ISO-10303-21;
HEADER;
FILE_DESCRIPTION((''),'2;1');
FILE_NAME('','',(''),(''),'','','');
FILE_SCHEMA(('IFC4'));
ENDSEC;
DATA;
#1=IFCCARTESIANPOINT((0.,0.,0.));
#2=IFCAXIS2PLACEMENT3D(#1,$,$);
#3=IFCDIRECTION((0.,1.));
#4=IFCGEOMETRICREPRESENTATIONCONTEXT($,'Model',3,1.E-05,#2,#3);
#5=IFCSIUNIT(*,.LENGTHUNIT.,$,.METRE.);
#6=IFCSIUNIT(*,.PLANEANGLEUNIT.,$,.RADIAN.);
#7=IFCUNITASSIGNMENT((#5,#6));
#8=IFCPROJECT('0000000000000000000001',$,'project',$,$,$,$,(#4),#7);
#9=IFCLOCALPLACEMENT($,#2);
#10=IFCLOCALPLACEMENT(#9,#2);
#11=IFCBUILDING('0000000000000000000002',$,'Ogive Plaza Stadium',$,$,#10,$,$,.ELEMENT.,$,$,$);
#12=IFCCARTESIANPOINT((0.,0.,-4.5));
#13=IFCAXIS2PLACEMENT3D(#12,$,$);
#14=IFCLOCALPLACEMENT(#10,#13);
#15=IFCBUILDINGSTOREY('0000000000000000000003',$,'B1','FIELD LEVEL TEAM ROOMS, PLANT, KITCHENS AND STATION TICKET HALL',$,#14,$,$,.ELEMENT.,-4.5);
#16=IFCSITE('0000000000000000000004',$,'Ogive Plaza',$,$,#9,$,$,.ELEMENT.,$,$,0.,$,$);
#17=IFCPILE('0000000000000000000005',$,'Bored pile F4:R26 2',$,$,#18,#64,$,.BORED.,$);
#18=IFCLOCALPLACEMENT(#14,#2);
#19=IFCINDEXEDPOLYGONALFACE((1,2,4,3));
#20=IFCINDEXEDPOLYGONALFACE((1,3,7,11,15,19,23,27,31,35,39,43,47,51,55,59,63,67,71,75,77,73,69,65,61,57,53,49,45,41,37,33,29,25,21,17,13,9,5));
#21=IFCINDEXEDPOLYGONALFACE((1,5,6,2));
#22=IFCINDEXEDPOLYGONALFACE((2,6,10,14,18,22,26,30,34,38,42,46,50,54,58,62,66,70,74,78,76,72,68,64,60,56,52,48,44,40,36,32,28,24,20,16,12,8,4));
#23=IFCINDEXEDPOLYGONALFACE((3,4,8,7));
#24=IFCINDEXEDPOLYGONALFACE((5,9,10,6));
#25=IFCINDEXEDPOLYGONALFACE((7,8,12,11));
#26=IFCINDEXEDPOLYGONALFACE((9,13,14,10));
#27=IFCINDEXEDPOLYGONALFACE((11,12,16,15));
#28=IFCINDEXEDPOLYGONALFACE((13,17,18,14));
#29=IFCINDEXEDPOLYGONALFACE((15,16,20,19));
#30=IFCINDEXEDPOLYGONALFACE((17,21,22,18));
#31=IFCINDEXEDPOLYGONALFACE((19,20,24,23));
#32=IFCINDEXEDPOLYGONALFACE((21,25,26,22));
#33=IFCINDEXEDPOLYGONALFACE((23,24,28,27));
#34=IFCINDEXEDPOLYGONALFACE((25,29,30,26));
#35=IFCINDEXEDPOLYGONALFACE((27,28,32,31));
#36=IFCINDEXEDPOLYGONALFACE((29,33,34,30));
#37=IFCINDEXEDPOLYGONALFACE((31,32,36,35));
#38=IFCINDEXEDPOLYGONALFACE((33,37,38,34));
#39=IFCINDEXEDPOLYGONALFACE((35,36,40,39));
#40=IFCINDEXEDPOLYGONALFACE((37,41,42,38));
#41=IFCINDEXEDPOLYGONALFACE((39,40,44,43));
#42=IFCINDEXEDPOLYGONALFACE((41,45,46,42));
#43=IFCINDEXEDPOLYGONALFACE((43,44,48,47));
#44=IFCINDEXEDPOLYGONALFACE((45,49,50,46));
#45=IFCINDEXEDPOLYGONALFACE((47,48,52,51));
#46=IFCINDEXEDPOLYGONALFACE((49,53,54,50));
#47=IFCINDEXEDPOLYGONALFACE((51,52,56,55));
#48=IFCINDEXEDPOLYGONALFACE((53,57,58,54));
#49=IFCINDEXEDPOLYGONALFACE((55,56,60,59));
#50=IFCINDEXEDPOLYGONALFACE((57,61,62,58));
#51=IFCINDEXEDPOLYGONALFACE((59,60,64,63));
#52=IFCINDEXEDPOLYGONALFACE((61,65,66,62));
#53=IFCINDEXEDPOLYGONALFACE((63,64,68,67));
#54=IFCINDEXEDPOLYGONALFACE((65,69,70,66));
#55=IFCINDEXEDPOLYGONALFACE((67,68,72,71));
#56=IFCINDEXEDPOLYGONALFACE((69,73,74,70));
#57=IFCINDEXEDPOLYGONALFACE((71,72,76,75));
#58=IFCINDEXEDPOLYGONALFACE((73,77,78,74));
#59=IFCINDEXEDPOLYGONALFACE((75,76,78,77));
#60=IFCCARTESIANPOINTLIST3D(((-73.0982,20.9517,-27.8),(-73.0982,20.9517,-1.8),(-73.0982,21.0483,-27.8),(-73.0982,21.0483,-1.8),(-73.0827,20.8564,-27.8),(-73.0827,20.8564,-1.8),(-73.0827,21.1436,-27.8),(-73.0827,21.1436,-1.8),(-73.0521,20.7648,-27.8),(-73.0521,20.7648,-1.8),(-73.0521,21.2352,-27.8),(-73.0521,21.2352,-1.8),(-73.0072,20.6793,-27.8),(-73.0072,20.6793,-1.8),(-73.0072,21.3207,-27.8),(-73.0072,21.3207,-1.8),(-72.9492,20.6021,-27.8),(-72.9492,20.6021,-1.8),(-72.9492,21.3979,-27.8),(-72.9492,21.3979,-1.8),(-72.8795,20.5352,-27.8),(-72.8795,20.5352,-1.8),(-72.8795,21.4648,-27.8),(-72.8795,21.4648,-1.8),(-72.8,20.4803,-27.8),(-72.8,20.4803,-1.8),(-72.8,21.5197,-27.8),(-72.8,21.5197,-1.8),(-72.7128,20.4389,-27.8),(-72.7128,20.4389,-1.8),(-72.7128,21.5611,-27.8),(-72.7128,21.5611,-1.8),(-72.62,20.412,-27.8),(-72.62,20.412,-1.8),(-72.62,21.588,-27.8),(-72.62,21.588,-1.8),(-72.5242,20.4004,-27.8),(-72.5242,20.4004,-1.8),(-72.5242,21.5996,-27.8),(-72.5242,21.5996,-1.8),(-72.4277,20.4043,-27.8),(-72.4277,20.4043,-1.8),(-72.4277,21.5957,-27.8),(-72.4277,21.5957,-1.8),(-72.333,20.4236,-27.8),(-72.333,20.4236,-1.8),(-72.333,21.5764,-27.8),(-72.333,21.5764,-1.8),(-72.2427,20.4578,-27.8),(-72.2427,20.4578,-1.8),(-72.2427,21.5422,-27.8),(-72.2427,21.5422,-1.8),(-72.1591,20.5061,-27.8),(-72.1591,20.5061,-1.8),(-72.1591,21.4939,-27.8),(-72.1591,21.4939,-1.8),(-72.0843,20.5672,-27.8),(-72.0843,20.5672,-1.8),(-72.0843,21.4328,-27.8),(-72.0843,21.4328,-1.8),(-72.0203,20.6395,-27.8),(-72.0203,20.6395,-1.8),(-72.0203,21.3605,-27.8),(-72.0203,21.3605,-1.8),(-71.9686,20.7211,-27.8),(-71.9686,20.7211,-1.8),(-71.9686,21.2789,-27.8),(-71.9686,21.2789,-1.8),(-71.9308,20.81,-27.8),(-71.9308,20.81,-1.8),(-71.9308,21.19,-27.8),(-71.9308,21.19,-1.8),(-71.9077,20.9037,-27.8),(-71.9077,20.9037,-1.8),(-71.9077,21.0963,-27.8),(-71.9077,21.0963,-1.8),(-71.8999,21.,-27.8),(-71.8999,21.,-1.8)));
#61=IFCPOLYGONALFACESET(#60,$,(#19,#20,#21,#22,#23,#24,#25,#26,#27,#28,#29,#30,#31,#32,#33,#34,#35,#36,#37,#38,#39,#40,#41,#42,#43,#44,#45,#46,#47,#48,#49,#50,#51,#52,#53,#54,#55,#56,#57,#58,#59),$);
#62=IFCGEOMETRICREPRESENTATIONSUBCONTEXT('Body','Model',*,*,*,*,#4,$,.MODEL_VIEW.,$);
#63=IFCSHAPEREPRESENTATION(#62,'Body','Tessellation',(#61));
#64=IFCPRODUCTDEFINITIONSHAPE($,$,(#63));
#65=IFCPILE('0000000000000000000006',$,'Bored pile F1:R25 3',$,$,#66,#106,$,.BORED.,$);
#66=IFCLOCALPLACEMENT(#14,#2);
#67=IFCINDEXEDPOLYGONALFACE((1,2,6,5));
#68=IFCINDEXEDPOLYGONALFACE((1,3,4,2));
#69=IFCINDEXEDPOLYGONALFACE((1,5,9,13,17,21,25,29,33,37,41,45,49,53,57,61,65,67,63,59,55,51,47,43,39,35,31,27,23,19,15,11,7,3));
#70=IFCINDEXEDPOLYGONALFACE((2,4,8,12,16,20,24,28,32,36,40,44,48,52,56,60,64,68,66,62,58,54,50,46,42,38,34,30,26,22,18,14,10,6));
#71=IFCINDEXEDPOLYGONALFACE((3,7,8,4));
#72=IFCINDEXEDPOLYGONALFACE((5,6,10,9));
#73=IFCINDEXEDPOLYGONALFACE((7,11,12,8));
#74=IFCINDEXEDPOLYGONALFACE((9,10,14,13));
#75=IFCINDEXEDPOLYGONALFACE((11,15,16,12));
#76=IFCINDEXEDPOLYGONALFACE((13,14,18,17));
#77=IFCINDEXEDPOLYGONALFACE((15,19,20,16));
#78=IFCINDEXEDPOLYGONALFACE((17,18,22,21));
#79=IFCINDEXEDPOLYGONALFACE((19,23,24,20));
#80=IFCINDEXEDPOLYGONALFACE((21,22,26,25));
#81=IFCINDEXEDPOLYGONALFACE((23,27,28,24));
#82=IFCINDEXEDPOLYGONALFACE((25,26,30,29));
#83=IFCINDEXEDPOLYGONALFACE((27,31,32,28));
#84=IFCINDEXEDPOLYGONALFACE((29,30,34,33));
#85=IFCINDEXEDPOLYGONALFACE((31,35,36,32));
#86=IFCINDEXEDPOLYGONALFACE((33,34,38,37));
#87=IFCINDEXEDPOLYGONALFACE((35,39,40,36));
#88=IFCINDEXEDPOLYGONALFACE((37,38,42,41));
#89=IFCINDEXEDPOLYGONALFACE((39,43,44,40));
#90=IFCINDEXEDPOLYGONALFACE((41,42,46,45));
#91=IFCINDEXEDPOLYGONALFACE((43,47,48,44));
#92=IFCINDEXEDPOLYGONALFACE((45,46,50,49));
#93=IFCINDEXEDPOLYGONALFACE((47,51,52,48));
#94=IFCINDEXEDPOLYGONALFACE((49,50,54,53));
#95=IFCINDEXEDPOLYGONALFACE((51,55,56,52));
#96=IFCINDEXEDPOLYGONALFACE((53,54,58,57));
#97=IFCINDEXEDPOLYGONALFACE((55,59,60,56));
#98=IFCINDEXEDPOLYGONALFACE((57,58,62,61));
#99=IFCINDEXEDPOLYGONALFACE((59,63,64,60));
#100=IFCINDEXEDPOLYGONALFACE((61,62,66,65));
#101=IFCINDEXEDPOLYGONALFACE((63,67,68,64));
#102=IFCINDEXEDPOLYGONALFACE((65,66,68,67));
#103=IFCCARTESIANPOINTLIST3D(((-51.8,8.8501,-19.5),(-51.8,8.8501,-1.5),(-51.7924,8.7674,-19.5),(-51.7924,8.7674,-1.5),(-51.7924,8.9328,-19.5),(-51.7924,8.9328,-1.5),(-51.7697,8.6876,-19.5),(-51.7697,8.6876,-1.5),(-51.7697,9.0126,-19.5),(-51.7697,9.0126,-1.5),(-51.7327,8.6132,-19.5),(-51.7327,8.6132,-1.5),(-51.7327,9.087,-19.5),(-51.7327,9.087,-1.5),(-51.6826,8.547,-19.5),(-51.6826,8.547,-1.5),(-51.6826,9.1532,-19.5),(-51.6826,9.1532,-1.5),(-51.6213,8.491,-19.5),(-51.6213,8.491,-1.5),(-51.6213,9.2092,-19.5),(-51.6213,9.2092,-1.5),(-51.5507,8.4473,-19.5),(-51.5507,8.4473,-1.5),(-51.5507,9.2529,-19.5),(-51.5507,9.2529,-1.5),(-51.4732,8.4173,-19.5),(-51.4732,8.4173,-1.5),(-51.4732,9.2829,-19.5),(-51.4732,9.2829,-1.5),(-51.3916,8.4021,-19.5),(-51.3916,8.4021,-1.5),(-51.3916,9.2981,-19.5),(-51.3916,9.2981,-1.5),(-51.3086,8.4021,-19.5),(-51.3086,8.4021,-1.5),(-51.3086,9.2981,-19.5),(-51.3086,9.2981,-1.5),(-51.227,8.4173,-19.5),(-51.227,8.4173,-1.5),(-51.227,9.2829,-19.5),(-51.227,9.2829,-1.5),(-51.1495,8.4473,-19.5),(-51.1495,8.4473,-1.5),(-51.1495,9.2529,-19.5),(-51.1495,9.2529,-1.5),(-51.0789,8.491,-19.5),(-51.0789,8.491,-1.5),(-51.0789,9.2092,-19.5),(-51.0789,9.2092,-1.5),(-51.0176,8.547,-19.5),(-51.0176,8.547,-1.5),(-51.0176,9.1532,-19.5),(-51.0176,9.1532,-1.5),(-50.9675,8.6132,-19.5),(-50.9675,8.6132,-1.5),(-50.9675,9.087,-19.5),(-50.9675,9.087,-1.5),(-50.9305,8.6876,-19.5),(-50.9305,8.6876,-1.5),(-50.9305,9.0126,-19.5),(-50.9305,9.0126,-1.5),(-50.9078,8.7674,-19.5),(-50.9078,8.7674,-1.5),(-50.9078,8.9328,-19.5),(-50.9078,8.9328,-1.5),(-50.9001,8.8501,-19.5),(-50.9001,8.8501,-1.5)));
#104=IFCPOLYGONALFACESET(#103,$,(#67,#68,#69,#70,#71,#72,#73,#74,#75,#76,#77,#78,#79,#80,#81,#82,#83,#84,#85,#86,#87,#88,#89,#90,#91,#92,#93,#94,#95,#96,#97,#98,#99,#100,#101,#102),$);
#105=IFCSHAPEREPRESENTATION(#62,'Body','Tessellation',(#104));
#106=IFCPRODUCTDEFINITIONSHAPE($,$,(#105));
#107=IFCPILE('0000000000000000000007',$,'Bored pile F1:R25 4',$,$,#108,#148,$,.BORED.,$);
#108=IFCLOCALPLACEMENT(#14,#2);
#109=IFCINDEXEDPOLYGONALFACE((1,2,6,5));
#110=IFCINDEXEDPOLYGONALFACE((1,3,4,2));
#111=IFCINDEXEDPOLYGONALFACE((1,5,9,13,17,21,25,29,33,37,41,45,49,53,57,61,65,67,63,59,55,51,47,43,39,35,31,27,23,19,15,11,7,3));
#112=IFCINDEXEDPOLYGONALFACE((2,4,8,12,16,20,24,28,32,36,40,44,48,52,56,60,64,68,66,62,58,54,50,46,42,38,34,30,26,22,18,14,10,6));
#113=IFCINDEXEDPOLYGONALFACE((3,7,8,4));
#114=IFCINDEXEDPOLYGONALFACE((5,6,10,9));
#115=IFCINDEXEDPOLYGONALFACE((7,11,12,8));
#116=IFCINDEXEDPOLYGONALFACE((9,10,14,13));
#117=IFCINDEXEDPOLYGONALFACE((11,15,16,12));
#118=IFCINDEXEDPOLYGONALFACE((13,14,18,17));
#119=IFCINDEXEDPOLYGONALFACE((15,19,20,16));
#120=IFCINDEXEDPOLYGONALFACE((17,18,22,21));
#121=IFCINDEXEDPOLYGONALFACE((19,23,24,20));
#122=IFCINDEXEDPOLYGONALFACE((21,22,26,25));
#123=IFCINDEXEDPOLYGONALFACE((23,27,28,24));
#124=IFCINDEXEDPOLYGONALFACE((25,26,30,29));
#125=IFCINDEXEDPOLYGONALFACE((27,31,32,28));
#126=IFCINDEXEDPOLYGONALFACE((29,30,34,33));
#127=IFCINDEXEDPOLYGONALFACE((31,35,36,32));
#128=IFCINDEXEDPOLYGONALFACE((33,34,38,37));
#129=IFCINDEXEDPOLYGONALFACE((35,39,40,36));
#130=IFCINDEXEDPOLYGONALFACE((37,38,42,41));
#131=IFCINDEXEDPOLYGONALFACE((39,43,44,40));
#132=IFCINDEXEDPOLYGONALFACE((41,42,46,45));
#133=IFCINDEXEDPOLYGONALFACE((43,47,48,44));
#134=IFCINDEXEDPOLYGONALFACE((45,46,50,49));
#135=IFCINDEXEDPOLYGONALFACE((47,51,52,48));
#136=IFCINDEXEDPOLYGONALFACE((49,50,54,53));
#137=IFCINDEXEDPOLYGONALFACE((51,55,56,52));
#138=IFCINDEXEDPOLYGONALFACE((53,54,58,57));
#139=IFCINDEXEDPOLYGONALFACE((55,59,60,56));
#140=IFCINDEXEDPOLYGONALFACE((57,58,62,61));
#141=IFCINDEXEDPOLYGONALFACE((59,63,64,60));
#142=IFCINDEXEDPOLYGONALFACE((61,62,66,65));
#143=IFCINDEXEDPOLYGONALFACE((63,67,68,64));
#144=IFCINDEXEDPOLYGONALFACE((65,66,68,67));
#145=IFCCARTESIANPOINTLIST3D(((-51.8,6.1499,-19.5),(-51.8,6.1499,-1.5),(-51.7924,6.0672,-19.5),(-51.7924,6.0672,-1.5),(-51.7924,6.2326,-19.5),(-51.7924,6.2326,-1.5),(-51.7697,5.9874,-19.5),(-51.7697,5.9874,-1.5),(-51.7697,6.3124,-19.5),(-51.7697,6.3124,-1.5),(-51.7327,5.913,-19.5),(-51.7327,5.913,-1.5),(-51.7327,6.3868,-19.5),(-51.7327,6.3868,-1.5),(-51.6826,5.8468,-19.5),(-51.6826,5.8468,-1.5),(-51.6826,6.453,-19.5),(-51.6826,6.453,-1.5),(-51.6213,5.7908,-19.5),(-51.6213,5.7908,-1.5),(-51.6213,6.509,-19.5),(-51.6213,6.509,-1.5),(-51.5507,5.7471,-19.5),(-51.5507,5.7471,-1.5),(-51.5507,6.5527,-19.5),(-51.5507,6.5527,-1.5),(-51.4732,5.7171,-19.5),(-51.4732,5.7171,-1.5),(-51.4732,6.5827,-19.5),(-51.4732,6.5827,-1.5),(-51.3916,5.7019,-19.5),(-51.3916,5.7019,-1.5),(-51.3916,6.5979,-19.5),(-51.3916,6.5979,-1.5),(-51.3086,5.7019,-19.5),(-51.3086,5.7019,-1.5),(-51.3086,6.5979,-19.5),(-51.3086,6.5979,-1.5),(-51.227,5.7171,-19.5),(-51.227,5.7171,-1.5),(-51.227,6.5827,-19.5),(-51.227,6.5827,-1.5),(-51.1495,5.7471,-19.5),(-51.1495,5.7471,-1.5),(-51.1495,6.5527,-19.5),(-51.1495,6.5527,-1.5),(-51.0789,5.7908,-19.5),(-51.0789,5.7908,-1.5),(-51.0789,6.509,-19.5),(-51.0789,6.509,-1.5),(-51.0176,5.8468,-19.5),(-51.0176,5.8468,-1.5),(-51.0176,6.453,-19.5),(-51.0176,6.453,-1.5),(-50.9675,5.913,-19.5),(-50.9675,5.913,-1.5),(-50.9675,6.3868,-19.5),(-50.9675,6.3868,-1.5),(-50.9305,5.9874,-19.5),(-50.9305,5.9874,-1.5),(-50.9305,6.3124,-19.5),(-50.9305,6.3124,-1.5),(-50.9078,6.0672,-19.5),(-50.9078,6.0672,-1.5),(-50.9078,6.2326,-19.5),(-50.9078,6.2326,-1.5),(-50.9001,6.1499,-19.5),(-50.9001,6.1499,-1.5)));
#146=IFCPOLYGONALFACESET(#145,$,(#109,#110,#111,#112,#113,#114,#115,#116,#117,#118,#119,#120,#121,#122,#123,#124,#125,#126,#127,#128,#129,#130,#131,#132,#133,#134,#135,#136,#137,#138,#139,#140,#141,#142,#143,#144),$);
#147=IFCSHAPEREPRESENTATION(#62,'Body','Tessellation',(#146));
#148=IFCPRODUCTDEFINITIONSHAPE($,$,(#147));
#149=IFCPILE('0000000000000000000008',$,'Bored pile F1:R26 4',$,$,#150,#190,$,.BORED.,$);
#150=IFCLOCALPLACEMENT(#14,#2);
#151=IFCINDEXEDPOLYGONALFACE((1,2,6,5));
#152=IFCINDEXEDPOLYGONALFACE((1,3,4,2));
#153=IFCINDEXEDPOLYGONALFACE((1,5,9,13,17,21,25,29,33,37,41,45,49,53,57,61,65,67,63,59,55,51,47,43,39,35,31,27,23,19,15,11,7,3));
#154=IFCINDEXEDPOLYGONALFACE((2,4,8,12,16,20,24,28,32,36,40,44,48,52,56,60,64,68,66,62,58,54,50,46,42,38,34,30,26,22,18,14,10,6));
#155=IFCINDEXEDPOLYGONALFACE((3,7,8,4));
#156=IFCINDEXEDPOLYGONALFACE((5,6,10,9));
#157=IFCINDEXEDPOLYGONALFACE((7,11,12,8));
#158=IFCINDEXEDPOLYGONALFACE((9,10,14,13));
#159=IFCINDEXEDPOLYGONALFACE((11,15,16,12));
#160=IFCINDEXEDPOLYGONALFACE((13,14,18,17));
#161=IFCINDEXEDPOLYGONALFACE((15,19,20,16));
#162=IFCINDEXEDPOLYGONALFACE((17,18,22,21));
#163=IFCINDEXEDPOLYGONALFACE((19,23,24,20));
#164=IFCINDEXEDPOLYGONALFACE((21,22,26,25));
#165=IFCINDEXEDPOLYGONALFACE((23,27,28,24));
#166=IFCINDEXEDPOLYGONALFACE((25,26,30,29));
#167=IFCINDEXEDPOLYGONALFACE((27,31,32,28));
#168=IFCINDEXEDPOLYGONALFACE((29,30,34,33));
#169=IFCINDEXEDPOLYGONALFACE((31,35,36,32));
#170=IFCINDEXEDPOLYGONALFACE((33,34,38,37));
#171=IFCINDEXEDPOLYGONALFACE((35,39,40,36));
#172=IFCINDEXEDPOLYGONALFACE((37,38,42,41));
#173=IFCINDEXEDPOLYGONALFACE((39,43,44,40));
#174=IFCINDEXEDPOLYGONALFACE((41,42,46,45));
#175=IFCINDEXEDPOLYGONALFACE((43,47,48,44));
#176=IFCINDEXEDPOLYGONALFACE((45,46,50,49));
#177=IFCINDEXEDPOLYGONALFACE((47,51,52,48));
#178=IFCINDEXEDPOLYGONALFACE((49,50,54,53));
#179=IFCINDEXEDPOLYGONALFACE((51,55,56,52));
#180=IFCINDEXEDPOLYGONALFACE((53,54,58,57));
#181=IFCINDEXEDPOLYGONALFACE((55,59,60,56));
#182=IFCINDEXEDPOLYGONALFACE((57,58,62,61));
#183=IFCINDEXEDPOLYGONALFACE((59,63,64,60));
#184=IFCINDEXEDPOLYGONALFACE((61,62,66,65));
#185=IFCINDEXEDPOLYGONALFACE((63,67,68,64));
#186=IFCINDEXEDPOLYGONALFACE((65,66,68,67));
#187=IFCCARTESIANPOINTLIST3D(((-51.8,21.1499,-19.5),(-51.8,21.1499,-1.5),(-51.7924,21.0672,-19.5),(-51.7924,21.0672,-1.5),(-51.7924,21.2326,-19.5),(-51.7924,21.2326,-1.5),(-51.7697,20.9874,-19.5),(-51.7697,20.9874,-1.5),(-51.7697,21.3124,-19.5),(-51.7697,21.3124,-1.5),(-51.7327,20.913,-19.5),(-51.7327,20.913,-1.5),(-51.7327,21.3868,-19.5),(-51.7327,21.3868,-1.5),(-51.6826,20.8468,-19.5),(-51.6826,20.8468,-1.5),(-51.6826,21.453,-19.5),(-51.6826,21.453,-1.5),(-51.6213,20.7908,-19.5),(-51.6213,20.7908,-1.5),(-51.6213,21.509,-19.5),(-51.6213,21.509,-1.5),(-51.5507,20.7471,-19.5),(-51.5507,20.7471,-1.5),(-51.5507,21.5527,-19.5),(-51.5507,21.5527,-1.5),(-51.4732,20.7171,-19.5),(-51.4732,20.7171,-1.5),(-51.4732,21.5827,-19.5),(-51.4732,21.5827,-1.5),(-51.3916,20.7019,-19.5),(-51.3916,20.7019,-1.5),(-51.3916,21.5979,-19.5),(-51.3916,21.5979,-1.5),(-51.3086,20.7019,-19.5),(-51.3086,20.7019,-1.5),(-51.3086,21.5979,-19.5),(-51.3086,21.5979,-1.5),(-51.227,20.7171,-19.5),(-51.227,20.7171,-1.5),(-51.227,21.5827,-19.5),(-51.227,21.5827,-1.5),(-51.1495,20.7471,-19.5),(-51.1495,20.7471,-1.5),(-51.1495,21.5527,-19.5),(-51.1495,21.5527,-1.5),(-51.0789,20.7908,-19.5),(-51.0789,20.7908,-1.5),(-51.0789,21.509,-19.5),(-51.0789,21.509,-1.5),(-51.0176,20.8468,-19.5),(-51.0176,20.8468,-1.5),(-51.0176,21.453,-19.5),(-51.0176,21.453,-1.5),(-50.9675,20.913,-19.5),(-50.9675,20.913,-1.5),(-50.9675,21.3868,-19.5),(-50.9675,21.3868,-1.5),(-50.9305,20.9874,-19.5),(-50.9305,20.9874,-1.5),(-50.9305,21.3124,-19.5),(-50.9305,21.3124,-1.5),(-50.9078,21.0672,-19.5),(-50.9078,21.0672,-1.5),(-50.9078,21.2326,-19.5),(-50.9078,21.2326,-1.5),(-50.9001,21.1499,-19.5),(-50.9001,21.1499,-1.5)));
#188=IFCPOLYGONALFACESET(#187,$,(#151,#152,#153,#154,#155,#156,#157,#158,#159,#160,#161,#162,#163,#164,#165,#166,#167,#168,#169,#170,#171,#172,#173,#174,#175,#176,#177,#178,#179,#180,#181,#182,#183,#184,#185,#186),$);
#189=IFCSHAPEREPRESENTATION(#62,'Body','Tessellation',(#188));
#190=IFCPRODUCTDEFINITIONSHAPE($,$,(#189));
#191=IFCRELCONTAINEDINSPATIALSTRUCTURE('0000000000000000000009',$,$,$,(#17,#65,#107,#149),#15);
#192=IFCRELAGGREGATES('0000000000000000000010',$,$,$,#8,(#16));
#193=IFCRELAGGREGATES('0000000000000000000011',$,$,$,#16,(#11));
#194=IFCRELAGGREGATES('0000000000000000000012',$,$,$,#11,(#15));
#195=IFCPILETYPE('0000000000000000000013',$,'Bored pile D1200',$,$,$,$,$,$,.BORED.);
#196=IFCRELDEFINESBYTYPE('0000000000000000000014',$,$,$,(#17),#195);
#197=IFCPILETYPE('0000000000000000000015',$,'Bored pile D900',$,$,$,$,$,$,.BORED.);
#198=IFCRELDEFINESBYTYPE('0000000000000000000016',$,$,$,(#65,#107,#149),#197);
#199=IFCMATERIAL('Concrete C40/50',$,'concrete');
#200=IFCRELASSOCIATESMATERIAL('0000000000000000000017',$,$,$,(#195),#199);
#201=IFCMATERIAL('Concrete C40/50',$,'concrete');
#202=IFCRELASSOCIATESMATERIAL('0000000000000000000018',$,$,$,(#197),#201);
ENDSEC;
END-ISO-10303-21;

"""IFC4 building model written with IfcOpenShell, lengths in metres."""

from ifc_helpers import new_model, si_unit, direction, frame, origin, origin_2d, place, context, subcontext, project, spatial, circle, extrude, material, material_profile, profile_set, type_object, element, save


model = new_model("IFC4")

# Units and contexts
model_context = context("Model", 3, precision=1e-05, world=origin(), true_north=direction((0.0, 1.0)))
body_context = subcontext(model_context, "Body", "Model", "MODEL_VIEW")
ifc_project = project(units=[si_unit("LENGTHUNIT", "METRE"), si_unit("PLANEANGLEUNIT", "RADIAN")], contexts=[model_context])

# Site, building, storey
site_placement = place(None, origin())
site = spatial("IfcSite", under=ifc_project, at=site_placement, Name="Ogive Plaza", CompositionType="ELEMENT", RefElevation=0.0)
building_placement = place(site_placement, origin())
building = spatial("IfcBuilding", under=site, at=building_placement, Name="Ogive Plaza Stadium", CompositionType="ELEMENT")
storey_placement = place(building_placement, frame((0.0, 0.0, -4.5)))
storey = spatial("IfcBuildingStorey", under=building, at=storey_placement, Name="B1", Description="FIELD LEVEL TEAM ROOMS, PLANT, KITCHENS AND STATION TICKET HALL", CompositionType="ELEMENT", Elevation=-4.5)

# Piles
ifc_material_1 = material(Name="Concrete C40/50", Category="concrete")
ifc_material_profile_1 = material_profile(ifc_material_1, circle(Radius=0.6001, at=origin_2d()), Name="RC D1200")
ifc_profile_set_1 = profile_set([ifc_material_profile_1], Name="Concrete C40/50")
pile_type_1 = type_object("IfcPileType", Name="Bored pile D1200", PredefinedType="BORED", material=ifc_profile_set_1)
for number, where, z_axis, x_axis, name in (
    (1, (-72.5, 21.0, -1.8), (0.0, 0.0, -1.0), (1.0, 0.0, 0.0), "Bored pile F4:R26 2"),
):
    element("IfcPile", number, at=place(storey_placement, frame(where, z_axis=z_axis, x_axis=x_axis)), inside=storey, type_object=pile_type_1, Name=name, PredefinedType="BORED", context=body_context, shape_type="SweptSolid", body=[
        extrude(circle(Radius=0.6001, at=origin_2d()), origin(), (0.0, 0.0, 1.0), 26.0),
    ])
ifc_material_2 = material(Name="Concrete C40/50", Category="concrete")
ifc_material_profile_2 = material_profile(ifc_material_2, circle(Radius=0.45, at=origin_2d()), Name="RC D900")
ifc_profile_set_2 = profile_set([ifc_material_profile_2], Name="Concrete C40/50")
pile_type_2 = type_object("IfcPileType", Name="Bored pile D900", PredefinedType="BORED", material=ifc_profile_set_2)
for number, where, z_axis, x_axis, name in (
    (2, (-51.3501, 8.8501, -1.5), (0.0, 0.0, -1.0), (1.0, 0.0, 0.0), "Bored pile F1:R25 3"),
    (3, (-51.3501, 6.1499, -1.5), (0.0, 0.0, -1.0), (1.0, 0.0, 0.0), "Bored pile F1:R25 4"),
    (4, (-51.3501, 21.1499, -1.5), (0.0, 0.0, -1.0), (1.0, 0.0, 0.0), "Bored pile F1:R26 4"),
):
    element("IfcPile", number, at=place(storey_placement, frame(where, z_axis=z_axis, x_axis=x_axis)), inside=storey, type_object=pile_type_2, Name=name, PredefinedType="BORED", context=body_context, shape_type="SweptSolid", body=[
        extrude(circle(Radius=0.45, at=origin_2d()), origin(), (0.0, 0.0, 1.0), 18.0),
    ])

save(model, "model.ifc")
